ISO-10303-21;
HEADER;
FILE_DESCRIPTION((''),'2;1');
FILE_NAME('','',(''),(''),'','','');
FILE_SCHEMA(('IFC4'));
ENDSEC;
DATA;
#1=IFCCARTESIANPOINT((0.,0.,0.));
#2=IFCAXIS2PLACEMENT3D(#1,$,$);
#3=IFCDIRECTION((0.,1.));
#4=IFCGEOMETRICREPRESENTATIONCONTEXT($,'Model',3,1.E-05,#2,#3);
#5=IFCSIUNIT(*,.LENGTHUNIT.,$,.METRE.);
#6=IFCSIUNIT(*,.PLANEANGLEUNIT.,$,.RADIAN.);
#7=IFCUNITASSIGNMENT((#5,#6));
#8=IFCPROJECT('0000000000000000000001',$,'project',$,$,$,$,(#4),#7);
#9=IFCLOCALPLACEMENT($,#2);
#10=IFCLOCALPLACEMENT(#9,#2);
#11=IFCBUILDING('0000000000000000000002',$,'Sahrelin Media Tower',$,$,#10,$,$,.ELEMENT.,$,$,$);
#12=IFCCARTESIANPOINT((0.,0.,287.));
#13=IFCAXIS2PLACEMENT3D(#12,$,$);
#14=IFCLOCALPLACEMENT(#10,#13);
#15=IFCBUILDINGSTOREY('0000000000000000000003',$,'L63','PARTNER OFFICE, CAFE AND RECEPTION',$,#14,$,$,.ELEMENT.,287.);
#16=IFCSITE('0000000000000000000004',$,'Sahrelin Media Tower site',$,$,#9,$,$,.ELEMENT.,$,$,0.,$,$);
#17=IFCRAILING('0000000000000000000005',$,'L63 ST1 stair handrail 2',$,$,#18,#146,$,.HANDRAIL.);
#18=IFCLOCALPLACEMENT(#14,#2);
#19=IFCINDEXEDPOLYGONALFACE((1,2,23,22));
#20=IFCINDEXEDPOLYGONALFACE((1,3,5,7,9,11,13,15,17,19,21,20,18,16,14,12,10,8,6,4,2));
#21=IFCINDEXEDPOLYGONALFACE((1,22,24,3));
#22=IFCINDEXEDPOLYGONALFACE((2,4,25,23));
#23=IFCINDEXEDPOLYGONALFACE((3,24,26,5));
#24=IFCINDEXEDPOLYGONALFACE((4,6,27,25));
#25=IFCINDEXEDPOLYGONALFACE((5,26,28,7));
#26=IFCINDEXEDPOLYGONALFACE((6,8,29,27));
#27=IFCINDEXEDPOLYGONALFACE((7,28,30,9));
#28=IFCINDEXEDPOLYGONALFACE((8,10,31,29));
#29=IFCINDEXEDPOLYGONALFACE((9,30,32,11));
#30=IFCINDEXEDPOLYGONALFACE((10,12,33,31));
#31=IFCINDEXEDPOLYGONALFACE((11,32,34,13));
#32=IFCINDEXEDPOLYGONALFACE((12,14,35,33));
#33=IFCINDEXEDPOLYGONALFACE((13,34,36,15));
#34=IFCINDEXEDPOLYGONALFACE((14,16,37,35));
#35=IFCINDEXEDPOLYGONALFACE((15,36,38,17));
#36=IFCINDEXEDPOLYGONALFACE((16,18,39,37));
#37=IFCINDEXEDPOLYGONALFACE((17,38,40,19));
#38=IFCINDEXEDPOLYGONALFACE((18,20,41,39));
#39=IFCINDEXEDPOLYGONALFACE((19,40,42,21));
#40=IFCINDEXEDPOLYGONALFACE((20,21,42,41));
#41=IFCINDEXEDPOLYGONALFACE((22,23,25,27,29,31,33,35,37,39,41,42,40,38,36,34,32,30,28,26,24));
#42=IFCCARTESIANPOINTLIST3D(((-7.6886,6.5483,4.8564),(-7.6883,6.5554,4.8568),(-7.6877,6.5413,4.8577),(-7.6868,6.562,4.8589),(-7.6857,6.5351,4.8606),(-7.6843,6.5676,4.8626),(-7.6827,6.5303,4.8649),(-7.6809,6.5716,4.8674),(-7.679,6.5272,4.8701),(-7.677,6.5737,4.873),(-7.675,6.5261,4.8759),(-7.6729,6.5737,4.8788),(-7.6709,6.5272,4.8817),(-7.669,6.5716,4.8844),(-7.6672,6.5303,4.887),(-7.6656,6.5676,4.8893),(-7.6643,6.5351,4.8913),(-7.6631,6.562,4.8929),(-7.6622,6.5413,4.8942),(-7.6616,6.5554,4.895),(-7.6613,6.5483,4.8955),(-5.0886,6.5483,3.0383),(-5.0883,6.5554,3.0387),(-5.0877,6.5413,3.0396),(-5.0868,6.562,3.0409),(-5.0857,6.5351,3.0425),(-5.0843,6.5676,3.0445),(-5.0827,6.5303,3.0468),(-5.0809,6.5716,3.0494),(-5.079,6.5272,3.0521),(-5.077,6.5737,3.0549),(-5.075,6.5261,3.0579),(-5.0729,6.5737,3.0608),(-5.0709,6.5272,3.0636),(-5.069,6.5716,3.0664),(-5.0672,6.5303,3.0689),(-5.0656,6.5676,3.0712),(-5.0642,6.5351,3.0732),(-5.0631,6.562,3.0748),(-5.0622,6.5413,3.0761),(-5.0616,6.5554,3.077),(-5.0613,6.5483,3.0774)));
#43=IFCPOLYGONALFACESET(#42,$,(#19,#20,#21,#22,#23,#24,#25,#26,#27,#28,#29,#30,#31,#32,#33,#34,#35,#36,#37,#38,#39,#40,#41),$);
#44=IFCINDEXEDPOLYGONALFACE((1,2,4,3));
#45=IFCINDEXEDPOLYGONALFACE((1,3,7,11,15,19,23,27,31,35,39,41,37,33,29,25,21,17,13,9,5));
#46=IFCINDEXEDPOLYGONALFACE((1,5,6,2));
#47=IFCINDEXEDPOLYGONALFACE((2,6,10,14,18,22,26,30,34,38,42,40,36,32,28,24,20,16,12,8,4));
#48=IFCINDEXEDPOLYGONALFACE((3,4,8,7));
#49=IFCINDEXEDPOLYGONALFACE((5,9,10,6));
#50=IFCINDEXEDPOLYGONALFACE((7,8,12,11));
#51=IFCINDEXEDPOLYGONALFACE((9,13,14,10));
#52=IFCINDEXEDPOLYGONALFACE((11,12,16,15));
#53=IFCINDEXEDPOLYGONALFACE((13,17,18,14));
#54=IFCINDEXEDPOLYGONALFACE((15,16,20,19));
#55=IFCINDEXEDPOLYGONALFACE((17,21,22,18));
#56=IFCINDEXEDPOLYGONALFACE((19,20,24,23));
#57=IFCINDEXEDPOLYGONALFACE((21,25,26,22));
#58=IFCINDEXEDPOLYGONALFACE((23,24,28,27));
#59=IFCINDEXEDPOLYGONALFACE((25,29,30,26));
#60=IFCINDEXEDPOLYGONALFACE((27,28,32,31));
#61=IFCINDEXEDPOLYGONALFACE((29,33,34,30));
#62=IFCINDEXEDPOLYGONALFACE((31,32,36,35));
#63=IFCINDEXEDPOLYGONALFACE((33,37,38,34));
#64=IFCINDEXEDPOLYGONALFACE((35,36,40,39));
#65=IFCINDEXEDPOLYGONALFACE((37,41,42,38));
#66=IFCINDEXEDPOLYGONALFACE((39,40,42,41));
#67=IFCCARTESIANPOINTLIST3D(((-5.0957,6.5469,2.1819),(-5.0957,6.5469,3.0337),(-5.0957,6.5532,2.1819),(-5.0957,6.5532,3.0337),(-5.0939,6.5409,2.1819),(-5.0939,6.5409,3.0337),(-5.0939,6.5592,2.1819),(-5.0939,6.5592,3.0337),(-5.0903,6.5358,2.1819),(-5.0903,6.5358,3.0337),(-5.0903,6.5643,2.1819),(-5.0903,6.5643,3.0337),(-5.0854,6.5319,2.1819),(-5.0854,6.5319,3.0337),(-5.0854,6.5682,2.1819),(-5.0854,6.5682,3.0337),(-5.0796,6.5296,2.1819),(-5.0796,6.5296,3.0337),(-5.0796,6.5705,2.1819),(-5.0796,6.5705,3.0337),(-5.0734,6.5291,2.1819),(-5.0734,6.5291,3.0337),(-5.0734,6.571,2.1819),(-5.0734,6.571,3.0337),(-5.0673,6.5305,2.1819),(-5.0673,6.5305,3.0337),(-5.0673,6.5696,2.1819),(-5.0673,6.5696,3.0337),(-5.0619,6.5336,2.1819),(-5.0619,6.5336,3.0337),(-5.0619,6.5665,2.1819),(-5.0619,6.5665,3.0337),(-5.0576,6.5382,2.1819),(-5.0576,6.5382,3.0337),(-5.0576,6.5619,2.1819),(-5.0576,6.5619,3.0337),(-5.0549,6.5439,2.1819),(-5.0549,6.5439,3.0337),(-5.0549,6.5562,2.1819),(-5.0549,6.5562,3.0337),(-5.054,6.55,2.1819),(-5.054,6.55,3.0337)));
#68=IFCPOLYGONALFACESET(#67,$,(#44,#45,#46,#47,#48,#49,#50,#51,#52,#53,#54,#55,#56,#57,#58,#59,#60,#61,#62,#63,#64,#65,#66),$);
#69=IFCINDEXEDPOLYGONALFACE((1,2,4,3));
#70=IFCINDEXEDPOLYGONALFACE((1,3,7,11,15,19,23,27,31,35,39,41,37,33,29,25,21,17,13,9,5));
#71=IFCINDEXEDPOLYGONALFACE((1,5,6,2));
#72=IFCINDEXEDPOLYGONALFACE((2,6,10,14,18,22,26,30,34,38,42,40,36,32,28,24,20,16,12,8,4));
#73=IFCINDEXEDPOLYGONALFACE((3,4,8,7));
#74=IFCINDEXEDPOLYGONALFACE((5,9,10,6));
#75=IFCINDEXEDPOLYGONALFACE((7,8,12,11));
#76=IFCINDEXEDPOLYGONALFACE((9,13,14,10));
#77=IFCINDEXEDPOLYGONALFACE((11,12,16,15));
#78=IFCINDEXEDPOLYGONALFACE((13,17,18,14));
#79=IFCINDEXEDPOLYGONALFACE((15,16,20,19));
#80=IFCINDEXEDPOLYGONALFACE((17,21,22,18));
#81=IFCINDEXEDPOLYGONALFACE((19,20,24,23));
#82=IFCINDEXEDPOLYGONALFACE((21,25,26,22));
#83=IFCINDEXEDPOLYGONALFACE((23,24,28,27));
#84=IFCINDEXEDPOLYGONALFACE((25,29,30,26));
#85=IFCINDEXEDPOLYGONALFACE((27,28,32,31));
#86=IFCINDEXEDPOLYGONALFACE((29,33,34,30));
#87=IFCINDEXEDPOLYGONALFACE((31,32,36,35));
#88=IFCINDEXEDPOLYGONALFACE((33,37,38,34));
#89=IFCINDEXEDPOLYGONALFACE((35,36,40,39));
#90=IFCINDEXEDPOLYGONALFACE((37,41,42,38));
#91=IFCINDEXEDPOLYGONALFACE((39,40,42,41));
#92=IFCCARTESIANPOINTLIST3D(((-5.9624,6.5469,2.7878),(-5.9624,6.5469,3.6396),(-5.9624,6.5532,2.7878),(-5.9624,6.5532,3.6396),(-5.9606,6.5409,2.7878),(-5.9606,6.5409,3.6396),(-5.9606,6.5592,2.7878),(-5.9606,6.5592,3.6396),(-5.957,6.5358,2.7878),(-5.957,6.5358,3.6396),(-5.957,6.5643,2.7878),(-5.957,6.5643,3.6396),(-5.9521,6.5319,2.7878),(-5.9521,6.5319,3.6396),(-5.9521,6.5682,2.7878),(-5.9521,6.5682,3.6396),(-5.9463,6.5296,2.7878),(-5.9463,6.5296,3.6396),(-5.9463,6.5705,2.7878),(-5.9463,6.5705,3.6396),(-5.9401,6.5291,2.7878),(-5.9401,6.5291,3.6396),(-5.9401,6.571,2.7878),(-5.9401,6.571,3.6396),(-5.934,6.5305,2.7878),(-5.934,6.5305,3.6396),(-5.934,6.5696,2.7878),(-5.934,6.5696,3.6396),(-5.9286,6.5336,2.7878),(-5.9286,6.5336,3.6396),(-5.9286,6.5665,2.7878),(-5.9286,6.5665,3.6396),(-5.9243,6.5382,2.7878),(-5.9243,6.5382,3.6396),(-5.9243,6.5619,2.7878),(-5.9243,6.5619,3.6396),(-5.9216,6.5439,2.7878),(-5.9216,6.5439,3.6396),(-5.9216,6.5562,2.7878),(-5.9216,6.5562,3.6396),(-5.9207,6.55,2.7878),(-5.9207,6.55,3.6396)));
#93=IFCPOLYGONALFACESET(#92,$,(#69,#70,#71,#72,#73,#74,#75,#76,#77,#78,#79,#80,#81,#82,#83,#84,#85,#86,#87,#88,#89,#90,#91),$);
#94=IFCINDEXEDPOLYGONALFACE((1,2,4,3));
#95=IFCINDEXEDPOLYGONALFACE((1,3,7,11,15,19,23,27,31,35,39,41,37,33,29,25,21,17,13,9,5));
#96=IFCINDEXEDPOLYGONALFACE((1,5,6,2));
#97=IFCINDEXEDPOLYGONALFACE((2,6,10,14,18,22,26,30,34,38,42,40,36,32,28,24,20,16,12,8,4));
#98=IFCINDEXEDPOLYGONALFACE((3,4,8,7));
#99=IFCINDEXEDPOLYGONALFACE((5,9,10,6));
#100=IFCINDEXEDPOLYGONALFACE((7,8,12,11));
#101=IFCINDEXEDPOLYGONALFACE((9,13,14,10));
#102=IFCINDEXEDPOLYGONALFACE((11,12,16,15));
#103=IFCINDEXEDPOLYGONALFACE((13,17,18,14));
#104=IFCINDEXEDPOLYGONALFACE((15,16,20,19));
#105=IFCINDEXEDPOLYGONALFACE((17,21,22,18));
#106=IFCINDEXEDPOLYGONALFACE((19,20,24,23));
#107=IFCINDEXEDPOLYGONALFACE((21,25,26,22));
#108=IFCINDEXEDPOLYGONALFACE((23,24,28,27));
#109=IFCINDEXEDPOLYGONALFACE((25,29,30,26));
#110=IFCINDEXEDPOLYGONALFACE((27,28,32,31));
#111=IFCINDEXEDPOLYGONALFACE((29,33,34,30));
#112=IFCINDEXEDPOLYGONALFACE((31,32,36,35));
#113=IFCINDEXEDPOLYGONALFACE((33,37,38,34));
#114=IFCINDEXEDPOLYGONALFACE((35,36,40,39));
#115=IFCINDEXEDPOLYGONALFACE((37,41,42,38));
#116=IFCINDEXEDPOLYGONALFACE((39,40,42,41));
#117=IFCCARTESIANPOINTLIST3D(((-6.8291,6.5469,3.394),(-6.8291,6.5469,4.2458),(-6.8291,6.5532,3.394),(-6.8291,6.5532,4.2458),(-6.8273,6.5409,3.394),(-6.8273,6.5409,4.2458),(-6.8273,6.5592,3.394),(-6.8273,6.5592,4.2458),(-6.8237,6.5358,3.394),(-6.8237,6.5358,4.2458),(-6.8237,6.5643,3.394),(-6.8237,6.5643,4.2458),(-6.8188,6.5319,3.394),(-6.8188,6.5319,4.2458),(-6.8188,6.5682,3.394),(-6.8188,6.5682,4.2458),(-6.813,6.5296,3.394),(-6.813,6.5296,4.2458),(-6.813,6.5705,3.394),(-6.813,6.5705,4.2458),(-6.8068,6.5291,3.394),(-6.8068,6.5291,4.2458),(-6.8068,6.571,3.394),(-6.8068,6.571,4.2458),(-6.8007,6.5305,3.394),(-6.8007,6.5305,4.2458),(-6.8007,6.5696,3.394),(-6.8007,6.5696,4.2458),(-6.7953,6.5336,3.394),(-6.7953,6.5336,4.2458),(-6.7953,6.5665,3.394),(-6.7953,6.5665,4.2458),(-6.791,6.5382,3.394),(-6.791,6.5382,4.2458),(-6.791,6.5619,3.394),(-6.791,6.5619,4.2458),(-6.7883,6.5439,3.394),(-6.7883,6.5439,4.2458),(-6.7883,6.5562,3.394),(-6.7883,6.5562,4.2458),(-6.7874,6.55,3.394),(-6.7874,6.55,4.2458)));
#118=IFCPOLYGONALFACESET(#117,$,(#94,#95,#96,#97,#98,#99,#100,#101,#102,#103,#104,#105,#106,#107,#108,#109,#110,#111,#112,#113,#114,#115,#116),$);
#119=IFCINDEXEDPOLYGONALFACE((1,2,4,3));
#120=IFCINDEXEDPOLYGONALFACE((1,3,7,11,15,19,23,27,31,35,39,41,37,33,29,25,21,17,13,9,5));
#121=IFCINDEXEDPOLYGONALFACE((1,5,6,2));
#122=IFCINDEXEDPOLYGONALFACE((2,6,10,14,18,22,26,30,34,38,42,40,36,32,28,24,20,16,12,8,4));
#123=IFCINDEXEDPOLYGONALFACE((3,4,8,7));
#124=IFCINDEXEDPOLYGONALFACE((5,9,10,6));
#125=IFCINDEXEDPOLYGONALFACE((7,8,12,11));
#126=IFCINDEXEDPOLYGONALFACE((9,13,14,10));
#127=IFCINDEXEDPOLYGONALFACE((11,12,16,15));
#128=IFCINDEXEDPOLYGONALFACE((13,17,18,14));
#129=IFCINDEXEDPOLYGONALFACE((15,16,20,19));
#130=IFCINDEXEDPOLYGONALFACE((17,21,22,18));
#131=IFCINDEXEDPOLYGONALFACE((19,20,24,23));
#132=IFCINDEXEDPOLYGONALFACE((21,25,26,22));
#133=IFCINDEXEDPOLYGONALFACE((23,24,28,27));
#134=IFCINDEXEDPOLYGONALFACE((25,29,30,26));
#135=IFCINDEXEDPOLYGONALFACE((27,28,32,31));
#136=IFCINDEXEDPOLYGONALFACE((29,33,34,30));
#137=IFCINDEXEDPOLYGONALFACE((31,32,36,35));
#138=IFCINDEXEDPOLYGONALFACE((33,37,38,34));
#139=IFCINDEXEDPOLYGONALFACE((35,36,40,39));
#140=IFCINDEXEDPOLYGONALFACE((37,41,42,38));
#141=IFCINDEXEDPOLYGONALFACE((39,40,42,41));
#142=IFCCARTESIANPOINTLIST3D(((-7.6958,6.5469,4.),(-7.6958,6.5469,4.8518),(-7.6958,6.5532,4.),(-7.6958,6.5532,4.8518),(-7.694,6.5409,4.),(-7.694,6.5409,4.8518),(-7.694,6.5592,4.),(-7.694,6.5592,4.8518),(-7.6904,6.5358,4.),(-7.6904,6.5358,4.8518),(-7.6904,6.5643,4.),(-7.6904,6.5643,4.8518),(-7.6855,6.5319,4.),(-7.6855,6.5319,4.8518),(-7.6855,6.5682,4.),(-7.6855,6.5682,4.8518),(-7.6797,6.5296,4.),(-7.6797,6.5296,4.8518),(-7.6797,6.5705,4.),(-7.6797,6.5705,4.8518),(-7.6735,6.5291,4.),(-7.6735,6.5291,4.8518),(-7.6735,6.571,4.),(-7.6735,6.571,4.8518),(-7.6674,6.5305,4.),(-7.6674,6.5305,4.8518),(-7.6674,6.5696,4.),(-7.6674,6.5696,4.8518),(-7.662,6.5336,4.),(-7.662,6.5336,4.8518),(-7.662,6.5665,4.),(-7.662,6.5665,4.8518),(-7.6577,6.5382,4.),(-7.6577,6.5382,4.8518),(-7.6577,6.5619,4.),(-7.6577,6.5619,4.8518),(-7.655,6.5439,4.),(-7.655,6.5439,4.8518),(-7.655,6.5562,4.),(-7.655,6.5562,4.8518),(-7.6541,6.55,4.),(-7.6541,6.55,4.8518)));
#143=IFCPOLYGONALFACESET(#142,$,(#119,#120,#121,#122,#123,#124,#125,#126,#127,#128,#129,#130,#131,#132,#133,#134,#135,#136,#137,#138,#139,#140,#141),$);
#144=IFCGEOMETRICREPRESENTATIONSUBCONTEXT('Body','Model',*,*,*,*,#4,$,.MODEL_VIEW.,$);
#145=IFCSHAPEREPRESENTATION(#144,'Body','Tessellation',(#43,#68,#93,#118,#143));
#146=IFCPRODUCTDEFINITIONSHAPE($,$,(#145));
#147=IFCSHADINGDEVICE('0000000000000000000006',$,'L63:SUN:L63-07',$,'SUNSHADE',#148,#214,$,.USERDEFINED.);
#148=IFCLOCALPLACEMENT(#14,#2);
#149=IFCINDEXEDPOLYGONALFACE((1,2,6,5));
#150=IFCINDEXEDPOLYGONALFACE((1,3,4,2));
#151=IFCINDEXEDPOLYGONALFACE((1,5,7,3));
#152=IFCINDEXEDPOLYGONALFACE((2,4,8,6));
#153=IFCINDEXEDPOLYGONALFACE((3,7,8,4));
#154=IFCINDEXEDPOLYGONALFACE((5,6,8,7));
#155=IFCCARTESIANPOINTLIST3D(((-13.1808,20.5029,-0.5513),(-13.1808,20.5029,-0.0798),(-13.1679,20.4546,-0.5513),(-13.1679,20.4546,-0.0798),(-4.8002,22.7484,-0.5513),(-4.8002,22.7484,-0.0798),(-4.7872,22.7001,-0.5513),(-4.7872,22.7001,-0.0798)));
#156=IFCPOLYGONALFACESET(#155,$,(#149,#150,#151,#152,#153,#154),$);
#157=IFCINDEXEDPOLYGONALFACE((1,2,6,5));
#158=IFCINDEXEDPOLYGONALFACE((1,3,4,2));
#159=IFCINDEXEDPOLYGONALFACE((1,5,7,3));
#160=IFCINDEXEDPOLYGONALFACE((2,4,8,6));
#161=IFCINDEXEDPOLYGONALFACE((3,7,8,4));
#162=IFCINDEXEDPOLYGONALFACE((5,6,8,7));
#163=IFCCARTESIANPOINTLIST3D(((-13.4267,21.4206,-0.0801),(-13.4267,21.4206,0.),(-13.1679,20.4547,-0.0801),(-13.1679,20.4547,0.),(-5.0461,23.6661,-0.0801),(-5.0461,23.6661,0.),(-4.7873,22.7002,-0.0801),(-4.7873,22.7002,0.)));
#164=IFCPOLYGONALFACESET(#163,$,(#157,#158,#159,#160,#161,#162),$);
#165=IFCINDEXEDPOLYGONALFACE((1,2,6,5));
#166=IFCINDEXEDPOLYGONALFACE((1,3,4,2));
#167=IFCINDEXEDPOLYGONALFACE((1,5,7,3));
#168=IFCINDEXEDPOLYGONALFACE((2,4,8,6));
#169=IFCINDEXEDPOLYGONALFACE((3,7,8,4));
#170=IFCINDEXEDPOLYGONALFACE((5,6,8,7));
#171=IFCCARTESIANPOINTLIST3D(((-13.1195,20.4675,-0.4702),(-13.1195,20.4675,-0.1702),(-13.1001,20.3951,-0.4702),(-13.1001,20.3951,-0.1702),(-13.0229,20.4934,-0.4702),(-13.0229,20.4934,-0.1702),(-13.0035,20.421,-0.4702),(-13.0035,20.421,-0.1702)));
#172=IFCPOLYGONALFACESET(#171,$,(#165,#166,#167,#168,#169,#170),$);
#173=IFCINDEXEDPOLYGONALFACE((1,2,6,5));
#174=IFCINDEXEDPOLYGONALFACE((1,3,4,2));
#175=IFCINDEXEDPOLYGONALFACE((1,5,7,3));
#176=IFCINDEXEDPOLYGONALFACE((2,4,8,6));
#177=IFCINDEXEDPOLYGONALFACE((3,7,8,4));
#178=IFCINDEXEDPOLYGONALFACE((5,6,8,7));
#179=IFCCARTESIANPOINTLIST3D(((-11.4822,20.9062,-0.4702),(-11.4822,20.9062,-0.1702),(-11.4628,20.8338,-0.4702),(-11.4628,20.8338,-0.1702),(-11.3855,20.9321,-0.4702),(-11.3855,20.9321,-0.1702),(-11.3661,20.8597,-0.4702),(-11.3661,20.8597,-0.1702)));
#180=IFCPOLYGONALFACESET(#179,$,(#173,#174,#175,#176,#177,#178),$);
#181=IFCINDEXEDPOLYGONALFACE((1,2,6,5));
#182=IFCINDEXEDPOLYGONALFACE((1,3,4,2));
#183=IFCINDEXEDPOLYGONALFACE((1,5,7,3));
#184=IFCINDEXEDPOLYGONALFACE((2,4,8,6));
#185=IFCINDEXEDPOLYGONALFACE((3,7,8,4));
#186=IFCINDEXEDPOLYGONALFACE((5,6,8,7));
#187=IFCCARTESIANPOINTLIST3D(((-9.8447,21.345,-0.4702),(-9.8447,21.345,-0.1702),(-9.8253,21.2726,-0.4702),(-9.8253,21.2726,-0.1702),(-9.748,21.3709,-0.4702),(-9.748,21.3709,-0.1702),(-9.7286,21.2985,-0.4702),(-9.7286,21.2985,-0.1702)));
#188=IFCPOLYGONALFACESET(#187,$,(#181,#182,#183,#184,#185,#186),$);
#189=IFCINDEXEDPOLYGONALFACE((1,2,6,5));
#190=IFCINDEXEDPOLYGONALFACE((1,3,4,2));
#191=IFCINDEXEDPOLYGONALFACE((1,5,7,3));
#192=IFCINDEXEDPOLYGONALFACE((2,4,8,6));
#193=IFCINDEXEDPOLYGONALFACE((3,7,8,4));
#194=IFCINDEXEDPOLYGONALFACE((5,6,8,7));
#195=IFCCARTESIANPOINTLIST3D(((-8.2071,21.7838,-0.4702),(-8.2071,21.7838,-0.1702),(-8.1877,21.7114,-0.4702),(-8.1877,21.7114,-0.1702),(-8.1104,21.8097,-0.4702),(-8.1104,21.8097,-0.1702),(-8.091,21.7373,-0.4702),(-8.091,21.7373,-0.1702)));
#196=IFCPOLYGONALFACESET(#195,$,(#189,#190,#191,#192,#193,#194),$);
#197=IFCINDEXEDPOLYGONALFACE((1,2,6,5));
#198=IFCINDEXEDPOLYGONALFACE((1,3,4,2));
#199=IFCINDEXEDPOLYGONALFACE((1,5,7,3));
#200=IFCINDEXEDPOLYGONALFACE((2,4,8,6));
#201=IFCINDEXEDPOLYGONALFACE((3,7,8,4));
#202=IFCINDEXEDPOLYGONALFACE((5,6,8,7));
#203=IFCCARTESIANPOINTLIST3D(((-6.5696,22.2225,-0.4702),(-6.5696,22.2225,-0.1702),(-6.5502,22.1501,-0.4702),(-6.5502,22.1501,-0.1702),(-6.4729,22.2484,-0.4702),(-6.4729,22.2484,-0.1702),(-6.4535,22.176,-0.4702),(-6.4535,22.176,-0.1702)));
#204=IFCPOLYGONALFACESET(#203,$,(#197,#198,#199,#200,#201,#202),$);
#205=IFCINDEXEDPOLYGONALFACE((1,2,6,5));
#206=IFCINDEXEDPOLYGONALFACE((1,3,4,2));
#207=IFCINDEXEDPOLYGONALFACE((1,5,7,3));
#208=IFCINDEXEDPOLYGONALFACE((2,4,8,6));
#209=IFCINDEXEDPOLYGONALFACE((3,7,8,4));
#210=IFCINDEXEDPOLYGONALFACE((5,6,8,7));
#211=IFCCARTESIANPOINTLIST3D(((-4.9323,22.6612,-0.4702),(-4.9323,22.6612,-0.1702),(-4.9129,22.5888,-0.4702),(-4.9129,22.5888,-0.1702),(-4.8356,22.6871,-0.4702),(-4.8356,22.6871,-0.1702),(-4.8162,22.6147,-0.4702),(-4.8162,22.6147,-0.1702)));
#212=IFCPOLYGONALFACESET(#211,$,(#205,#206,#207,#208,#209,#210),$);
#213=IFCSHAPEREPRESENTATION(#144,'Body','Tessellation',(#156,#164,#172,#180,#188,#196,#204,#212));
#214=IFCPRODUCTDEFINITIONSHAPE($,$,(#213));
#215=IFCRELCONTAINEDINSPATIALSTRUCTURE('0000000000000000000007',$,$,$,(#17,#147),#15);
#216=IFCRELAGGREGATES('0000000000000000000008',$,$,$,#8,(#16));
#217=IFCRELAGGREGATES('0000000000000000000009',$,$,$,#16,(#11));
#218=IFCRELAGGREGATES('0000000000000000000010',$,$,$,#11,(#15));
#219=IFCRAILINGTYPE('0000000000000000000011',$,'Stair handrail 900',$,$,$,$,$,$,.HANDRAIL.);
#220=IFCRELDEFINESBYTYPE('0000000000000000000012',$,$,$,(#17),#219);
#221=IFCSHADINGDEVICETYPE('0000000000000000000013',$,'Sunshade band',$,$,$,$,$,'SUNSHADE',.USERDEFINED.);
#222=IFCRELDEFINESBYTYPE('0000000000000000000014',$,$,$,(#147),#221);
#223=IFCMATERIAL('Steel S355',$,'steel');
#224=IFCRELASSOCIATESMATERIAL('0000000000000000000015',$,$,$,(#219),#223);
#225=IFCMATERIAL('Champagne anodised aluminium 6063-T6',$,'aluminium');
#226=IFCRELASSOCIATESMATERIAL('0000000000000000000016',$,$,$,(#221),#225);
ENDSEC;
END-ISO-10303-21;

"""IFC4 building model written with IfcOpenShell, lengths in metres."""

from ifc_helpers import new_model, si_unit, direction, frame, origin, origin_2d, place, context, subcontext, project, spatial, rectangle, circle, extrude, material, type_object, element, save


model = new_model("IFC4")

# Units and contexts
model_context = context("Model", 3, precision=1e-05, world=origin(), true_north=direction((0.0, 1.0)))
body_context = subcontext(model_context, "Body", "Model", "MODEL_VIEW")
ifc_project = project(units=[si_unit("LENGTHUNIT", "METRE"), si_unit("PLANEANGLEUNIT", "RADIAN")], contexts=[model_context])

# Site, building, storey
site_placement = place(None, origin())
site = spatial("IfcSite", under=ifc_project, at=site_placement, Name="Sahrelin Media Tower site", CompositionType="ELEMENT", RefElevation=0.0)
building_placement = place(site_placement, origin())
building = spatial("IfcBuilding", under=site, at=building_placement, Name="Sahrelin Media Tower", CompositionType="ELEMENT")
storey_placement = place(building_placement, frame((0.0, 0.0, 287.0)))
storey = spatial("IfcBuildingStorey", under=building, at=storey_placement, Name="L63", Description="PARTNER OFFICE, CAFE AND RECEPTION", CompositionType="ELEMENT", Elevation=287.0)

# Shared definitions
ifc_material_1 = material(Name="Steel S355", Category="steel")

# Shared definitions
ifc_material_2 = material(Name="Champagne anodised aluminium 6063-T6", Category="aluminium")

# Shared definitions
placement = place(storey_placement, frame((-8.9724, 21.5581, 0.0), z_axis=(0.0, 0.0, 1.0), x_axis=(0.965929, 0.258808, 0.0)))

# Railing
railing_type = type_object("IfcRailingType", Name="Stair handrail 900", PredefinedType="HANDRAIL", material=ifc_material_1)
railing_placement = place(storey_placement, frame((-5.075, 6.55, 2.1819)))
element("IfcRailing", 1, at=railing_placement, inside=storey, type_object=railing_type, Name="L63 ST1 stair handrail 2", PredefinedType="HANDRAIL", context=body_context, shape_type="SweptSolid", body=[
    extrude(circle(Radius=0.0239, at=origin_2d()), frame((0.0, 0.0, 0.876), z_axis=(-0.819521, 0.0, 0.573049), x_axis=(0.0, -1.0, 0.0)), (0.0, 0.0, 1.0), 3.1726),
    extrude(circle(Radius=0.021, at=origin_2d()), origin(), (0.0, 0.0, 1.0), 0.8518),
    extrude(circle(Radius=0.021, at=origin_2d()), frame((-0.8667, 0.0, 0.606)), (0.0, 0.0, 1.0), 0.8518),
    extrude(circle(Radius=0.021, at=origin_2d()), frame((-1.7334, 0.0, 1.2122)), (0.0, 0.0, 1.0), 0.8518),
    extrude(circle(Radius=0.021, at=origin_2d()), frame((-2.6001, 0.0, 1.8181)), (0.0, 0.0, 1.0), 0.8518),
])

# Shading device
shading_device_type_1 = type_object("IfcShadingDeviceType", Name="Sunshade band", ElementType="SUNSHADE", PredefinedType="USERDEFINED", material=ifc_material_2)
element("IfcShadingDevice", 2, at=placement, inside=storey, type_object=shading_device_type_1, Name="L63:SUN:L63-07", ObjectType="SUNSHADE", PredefinedType="USERDEFINED", context=body_context, shape_type="SweptSolid", body=[
    extrude(rectangle(XDim=8.6763, YDim=0.05, at=origin_2d()), frame((0.0, 0.0449, -0.5513)), (0.0, 0.0, 1.0), 0.4714),
    extrude(rectangle(XDim=8.6763, YDim=1.0, at=origin_2d()), frame((0.0, 0.52, -0.0801)), (0.0, 0.0, 1.0), 0.0801),
    extrude(rectangle(XDim=0.1001, YDim=0.075, at=origin_2d()), frame((-4.238, -0.0176, -0.4702)), (0.0, 0.0, 1.0), 0.3),
    extrude(rectangle(XDim=0.1001, YDim=0.075, at=origin_2d()), frame((-2.543, -0.0176, -0.4702)), (0.0, 0.0, 1.0), 0.3),
    extrude(rectangle(XDim=0.1001, YDim=0.075, at=origin_2d()), frame((-0.8477, -0.0176, -0.4702)), (0.0, 0.0, 1.0), 0.3),
    extrude(rectangle(XDim=0.1001, YDim=0.075, at=origin_2d()), frame((0.8477, -0.0176, -0.4702)), (0.0, 0.0, 1.0), 0.3),
    extrude(rectangle(XDim=0.1001, YDim=0.075, at=origin_2d()), frame((2.543, -0.0176, -0.4702)), (0.0, 0.0, 1.0), 0.3),
    extrude(rectangle(XDim=0.1001, YDim=0.075, at=origin_2d()), frame((4.238, -0.0176, -0.4702)), (0.0, 0.0, 1.0), 0.3),
])

save(model, "model.ifc")
